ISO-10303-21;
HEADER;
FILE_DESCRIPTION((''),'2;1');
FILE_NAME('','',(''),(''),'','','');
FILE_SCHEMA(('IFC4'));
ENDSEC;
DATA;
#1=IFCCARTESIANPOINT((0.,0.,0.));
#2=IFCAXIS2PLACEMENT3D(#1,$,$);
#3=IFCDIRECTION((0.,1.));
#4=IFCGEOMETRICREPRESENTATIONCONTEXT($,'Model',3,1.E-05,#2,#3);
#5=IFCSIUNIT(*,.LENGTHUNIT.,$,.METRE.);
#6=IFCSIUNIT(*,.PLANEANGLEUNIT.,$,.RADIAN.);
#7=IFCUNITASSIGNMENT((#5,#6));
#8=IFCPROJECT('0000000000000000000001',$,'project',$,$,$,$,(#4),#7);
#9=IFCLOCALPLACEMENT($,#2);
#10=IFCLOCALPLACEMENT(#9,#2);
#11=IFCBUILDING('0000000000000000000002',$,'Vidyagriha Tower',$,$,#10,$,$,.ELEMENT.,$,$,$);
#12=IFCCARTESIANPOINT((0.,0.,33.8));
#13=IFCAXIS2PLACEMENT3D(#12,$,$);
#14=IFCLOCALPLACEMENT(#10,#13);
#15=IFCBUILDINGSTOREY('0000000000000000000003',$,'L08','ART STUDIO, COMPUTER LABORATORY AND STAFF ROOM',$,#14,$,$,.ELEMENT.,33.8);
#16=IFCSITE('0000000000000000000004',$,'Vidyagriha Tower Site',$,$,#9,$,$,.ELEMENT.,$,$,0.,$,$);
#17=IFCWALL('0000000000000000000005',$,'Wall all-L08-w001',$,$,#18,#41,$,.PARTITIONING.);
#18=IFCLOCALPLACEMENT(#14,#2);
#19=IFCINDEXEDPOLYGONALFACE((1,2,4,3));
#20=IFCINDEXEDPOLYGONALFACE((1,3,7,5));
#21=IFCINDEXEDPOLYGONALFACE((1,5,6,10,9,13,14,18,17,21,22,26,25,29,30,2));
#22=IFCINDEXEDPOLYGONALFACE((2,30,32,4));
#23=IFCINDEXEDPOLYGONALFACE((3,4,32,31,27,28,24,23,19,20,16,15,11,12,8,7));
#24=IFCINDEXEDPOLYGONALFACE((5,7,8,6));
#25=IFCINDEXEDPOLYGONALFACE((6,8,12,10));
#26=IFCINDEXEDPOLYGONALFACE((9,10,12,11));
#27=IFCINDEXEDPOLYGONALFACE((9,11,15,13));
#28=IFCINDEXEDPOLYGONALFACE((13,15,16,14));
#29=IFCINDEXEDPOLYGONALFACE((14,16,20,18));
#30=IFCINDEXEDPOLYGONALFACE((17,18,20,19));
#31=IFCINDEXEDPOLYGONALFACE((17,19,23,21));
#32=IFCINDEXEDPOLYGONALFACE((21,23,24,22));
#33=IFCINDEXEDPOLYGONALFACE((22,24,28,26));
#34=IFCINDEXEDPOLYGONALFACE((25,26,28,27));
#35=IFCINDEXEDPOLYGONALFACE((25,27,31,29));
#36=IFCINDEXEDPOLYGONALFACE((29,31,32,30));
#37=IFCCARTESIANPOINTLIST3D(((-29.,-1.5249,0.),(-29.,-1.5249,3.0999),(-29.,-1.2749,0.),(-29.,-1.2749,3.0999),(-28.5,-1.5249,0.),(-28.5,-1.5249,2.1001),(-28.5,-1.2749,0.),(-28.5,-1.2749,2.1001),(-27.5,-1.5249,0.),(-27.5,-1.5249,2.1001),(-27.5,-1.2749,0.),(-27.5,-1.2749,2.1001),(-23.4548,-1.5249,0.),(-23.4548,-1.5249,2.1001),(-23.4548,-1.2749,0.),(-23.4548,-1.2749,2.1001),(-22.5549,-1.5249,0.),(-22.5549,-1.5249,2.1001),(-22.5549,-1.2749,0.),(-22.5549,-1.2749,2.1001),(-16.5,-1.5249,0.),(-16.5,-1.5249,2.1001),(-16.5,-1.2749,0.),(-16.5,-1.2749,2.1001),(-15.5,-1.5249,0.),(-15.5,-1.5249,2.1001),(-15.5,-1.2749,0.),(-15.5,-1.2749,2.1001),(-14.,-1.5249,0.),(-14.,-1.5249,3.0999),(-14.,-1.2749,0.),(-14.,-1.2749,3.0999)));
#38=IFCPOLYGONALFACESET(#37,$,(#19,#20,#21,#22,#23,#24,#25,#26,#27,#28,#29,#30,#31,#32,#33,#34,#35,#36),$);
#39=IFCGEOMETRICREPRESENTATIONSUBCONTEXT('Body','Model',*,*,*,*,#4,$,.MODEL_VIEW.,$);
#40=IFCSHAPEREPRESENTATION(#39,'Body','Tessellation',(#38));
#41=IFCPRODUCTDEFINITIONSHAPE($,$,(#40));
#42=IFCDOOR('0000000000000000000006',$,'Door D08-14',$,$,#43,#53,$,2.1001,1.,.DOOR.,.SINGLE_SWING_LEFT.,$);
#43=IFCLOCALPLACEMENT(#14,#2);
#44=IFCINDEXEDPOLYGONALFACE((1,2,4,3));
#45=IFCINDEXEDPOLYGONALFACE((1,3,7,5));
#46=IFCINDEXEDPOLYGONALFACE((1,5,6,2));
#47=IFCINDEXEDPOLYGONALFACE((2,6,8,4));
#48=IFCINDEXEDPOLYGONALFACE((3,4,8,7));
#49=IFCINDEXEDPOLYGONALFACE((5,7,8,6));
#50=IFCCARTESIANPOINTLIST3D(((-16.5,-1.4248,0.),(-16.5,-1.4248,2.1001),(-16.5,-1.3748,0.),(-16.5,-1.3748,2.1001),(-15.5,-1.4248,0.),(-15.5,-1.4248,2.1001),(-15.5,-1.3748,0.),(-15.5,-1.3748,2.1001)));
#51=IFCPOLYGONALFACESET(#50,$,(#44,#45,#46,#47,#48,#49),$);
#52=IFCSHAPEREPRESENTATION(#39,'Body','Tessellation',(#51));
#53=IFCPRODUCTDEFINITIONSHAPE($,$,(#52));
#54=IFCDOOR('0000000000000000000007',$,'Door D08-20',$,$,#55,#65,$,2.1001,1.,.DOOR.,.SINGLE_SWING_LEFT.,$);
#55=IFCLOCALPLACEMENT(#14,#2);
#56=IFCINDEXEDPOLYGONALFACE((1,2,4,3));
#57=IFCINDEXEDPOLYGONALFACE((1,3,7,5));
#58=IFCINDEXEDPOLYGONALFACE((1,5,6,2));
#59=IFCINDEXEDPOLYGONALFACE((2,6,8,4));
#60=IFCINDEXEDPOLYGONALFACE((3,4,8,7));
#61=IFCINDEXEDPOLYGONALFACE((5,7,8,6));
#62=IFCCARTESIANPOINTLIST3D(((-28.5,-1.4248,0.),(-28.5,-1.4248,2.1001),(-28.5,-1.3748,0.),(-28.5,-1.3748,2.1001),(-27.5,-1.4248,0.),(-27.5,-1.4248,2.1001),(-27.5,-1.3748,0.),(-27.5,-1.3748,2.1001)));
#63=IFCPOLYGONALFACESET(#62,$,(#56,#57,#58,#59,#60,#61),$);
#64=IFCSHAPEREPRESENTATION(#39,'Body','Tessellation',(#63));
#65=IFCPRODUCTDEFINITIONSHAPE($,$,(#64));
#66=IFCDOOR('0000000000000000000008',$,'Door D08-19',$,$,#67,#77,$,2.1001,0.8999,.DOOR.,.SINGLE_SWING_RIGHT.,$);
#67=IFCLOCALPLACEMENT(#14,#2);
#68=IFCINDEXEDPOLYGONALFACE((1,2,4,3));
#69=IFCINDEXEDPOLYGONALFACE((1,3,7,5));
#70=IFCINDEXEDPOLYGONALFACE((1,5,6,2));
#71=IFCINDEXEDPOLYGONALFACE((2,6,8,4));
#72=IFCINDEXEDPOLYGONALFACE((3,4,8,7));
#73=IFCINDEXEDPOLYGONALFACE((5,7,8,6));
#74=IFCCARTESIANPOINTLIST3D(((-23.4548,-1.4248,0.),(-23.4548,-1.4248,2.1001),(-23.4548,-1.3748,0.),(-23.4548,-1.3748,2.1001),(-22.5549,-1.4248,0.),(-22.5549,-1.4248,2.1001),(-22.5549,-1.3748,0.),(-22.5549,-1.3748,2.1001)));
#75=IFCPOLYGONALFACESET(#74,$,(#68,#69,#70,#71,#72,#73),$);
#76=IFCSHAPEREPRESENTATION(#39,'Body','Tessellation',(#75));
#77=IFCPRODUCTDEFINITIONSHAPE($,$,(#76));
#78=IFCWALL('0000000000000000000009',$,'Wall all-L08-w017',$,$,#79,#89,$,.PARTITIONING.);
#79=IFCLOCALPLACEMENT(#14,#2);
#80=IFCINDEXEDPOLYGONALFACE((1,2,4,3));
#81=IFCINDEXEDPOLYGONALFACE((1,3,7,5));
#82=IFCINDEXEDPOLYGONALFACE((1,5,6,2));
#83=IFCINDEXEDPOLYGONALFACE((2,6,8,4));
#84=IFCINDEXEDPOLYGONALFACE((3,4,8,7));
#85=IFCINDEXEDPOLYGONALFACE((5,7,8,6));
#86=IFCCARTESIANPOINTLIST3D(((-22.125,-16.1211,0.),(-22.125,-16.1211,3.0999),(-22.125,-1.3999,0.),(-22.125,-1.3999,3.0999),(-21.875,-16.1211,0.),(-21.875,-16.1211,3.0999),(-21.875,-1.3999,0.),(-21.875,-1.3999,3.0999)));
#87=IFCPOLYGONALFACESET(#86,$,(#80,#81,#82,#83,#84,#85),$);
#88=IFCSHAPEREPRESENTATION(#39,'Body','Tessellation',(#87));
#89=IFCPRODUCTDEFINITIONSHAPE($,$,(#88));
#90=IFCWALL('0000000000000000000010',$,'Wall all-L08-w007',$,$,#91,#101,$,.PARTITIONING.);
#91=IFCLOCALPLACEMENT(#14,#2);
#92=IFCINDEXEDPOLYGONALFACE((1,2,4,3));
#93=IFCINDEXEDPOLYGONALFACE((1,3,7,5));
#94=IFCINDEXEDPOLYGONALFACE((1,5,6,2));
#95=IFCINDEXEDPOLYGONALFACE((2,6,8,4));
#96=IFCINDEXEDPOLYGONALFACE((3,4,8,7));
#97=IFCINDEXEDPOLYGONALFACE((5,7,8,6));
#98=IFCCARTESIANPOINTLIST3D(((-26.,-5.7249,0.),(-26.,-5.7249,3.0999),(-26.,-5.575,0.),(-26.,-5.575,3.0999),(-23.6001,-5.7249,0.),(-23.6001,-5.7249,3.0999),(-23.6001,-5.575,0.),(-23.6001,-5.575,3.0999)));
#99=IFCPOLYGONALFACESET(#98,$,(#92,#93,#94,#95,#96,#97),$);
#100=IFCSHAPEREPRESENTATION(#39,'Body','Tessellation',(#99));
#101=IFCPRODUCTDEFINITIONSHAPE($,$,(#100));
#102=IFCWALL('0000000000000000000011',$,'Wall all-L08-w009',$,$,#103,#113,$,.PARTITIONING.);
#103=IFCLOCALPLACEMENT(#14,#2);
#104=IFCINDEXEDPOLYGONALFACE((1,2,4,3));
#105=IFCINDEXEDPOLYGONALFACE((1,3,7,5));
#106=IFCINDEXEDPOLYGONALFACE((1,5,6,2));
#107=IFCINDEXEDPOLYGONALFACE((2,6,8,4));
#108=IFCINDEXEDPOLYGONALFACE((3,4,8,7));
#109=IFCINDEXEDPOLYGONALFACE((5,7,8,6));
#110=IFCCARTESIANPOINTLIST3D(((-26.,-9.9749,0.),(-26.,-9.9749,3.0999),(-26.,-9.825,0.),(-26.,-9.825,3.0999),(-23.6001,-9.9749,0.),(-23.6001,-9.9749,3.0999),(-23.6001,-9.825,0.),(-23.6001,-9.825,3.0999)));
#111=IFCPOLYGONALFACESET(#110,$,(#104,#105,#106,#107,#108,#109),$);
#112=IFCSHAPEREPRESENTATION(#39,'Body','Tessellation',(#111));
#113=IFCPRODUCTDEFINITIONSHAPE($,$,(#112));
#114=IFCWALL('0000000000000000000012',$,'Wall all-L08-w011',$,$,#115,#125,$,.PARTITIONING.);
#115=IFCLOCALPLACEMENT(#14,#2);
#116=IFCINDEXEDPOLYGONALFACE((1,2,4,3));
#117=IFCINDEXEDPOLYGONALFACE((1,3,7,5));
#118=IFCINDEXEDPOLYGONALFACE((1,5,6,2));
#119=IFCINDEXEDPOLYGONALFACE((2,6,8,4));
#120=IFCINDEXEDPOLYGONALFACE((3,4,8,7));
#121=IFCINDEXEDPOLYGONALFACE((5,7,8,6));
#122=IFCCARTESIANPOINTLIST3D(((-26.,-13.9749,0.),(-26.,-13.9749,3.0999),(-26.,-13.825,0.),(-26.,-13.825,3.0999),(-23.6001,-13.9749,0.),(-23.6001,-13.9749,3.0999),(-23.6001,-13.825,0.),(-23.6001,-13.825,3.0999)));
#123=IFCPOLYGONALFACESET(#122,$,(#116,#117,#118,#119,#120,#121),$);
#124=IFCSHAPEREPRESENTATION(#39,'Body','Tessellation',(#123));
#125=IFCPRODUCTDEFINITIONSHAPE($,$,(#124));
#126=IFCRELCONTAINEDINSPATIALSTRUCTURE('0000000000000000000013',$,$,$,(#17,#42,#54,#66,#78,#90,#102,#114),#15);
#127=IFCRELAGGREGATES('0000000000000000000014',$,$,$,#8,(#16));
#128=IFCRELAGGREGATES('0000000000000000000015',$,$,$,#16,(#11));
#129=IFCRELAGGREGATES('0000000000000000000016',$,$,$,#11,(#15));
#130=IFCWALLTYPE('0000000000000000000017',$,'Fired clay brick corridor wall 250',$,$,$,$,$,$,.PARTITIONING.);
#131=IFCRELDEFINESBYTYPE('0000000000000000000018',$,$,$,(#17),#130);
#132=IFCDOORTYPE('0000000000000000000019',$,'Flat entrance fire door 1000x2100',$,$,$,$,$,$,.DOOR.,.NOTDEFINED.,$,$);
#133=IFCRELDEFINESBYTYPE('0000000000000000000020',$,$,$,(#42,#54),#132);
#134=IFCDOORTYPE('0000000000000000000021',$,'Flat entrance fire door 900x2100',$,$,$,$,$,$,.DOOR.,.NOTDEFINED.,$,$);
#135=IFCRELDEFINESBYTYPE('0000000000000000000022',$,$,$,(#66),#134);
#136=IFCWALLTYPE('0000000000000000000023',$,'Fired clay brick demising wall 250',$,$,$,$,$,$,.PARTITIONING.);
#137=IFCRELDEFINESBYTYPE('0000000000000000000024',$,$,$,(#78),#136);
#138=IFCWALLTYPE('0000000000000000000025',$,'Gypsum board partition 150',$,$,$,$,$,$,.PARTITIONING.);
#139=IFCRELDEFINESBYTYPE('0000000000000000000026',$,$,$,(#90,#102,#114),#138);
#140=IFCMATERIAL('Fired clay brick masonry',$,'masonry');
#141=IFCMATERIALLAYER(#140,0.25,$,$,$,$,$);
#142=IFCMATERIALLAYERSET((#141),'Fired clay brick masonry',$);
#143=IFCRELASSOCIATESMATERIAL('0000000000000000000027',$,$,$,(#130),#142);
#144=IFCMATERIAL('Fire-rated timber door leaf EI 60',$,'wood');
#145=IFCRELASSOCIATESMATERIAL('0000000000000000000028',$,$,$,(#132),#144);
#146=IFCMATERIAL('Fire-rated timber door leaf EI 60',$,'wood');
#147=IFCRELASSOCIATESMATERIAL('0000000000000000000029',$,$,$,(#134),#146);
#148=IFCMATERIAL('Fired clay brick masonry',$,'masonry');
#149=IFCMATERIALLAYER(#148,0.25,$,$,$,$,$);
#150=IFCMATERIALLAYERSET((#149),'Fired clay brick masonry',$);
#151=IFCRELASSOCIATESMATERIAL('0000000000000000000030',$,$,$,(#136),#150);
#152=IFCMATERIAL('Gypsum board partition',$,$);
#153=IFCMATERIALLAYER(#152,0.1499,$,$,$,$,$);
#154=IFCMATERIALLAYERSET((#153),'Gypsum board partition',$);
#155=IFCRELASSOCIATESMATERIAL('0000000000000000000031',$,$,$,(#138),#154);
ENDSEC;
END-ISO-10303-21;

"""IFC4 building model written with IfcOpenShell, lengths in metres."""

from ifc_helpers import new_model, si_unit, direction, frame, frame_2d, origin, place, context, subcontext, project, spatial, rectangle, extrude, material, layer, layer_set, type_object, element, fill, save


model = new_model("IFC4")

# Units and contexts
model_context = context("Model", 3, precision=1e-05, world=origin(), true_north=direction((0.0, 1.0)))
body_context = subcontext(model_context, "Body", "Model", "MODEL_VIEW")
ifc_project = project(units=[si_unit("LENGTHUNIT", "METRE"), si_unit("PLANEANGLEUNIT", "RADIAN")], contexts=[model_context])

# Site, building, storey
site_placement = place(None, origin())
site = spatial("IfcSite", under=ifc_project, at=site_placement, Name="Vidyagriha Tower Site", CompositionType="ELEMENT", RefElevation=0.0)
building_placement = place(site_placement, origin())
building = spatial("IfcBuilding", under=site, at=building_placement, Name="Vidyagriha Tower", CompositionType="ELEMENT")
storey_placement = place(building_placement, frame((0.0, 0.0, 33.8)))
storey = spatial("IfcBuildingStorey", under=building, at=storey_placement, Name="L08", Description="ART STUDIO, COMPUTER LABORATORY AND STAFF ROOM", CompositionType="ELEMENT", Elevation=33.8)

# Wall, openings, doors
ifc_material_1 = material(Name="Fired clay brick masonry", Category="masonry")
ifc_layer_1 = layer(ifc_material_1, 0.25)
ifc_layer_set_1 = layer_set([ifc_layer_1], Name="Fired clay brick masonry")
wall_type_1 = type_object("IfcWallType", Name="Fired clay brick corridor wall 250", PredefinedType="PARTITIONING", material=ifc_layer_set_1)
wall_1_placement = place(storey_placement, frame((-14.0, -1.3999, 0.0), z_axis=(0.0, 0.0, 1.0), x_axis=(-1.0, 0.0, 0.0)))
wall_1 = element("IfcWall", 1, at=wall_1_placement, inside=storey, type_object=wall_type_1, Name="Wall all-L08-w001", PredefinedType="PARTITIONING", context=body_context, shape_type="SweptSolid", body=[
    extrude(rectangle(XDim=15.0, YDim=0.25, at=frame_2d((7.5, 0.0))), origin(), (0.0, 0.0, 1.0), 3.0999),
])
opening_1_placement = place(wall_1_placement, frame((1.5, 0.0, 0.0)))
opening_1 = element("IfcOpeningElement", 2, at=opening_1_placement, cuts=wall_1, PredefinedType="OPENING", context=body_context, shape_type="SweptSolid", body=[
    extrude(rectangle(XDim=1.0, YDim=2.1001, at=frame_2d((0.5, 1.05))), frame((0.0, 0.135, 0.0), z_axis=(0.0, -1.0, 0.0), x_axis=(1.0, 0.0, 0.0)), (0.0, 0.0, 1.0), 0.27),
])
opening_2_placement = place(wall_1_placement, frame((8.5549, 0.0, 0.0)))
opening_2 = element("IfcOpeningElement", 3, at=opening_2_placement, cuts=wall_1, PredefinedType="OPENING", context=body_context, shape_type="SweptSolid", body=[
    extrude(rectangle(XDim=0.8999, YDim=2.1001, at=frame_2d((0.45, 1.05))), frame((0.0, 0.135, 0.0), z_axis=(0.0, -1.0, 0.0), x_axis=(1.0, 0.0, 0.0)), (0.0, 0.0, 1.0), 0.27),
])
opening_3_placement = place(wall_1_placement, frame((13.5, 0.0, 0.0)))
opening_3 = element("IfcOpeningElement", 4, at=opening_3_placement, cuts=wall_1, PredefinedType="OPENING", context=body_context, shape_type="SweptSolid", body=[
    extrude(rectangle(XDim=1.0, YDim=2.1001, at=frame_2d((0.5, 1.05))), frame((0.0, 0.135, 0.0), z_axis=(0.0, -1.0, 0.0), x_axis=(1.0, 0.0, 0.0)), (0.0, 0.0, 1.0), 0.27),
])
ifc_material_2 = material(Name="Fire-rated timber door leaf EI 60", Category="wood")
door_type_1 = type_object("IfcDoorType", Name="Flat entrance fire door 1000x2100", OperationType="NOTDEFINED", PredefinedType="DOOR", material=ifc_material_2)
door_1_placement = place(opening_1_placement, origin())
door_1 = element("IfcDoor", 5, at=door_1_placement, inside=storey, type_object=door_type_1, Name="Door D08-14", OperationType="SINGLE_SWING_LEFT", OverallHeight=2.1001, OverallWidth=1.0, PredefinedType="DOOR", context=body_context, shape_type="SweptSolid", body=[
    extrude(rectangle(XDim=1.0, YDim=2.1001, at=frame_2d((0.5, 1.05))), frame((0.0, 0.0249, 0.0), z_axis=(0.0, -1.0, 0.0), x_axis=(1.0, 0.0, 0.0)), (0.0, 0.0, 1.0), 0.05),
])
fill(opening_1, door_1)
door_2_placement = place(opening_3_placement, origin())
door_2 = element("IfcDoor", 6, at=door_2_placement, inside=storey, type_object=door_type_1, Name="Door D08-20", OperationType="SINGLE_SWING_LEFT", OverallHeight=2.1001, OverallWidth=1.0, PredefinedType="DOOR", context=body_context, shape_type="SweptSolid", body=[
    extrude(rectangle(XDim=1.0, YDim=2.1001, at=frame_2d((0.5, 1.05))), frame((0.0, 0.0249, 0.0), z_axis=(0.0, -1.0, 0.0), x_axis=(1.0, 0.0, 0.0)), (0.0, 0.0, 1.0), 0.05),
])
fill(opening_3, door_2)
ifc_material_3 = material(Name="Fire-rated timber door leaf EI 60", Category="wood")
door_type_2 = type_object("IfcDoorType", Name="Flat entrance fire door 900x2100", OperationType="NOTDEFINED", PredefinedType="DOOR", material=ifc_material_3)
door_3_placement = place(opening_2_placement, origin())
door_3 = element("IfcDoor", 7, at=door_3_placement, inside=storey, type_object=door_type_2, Name="Door D08-19", OperationType="SINGLE_SWING_RIGHT", OverallHeight=2.1001, OverallWidth=0.8999, PredefinedType="DOOR", context=body_context, shape_type="SweptSolid", body=[
    extrude(rectangle(XDim=0.8999, YDim=2.1001, at=frame_2d((0.45, 1.05))), frame((0.0, 0.0249, 0.0), z_axis=(0.0, -1.0, 0.0), x_axis=(1.0, 0.0, 0.0)), (0.0, 0.0, 1.0), 0.05),
])
fill(opening_2, door_3)

# Walls
ifc_material_4 = material(Name="Fired clay brick masonry", Category="masonry")
ifc_layer_2 = layer(ifc_material_4, 0.25)
ifc_layer_set_2 = layer_set([ifc_layer_2], Name="Fired clay brick masonry")
wall_type_2 = type_object("IfcWallType", Name="Fired clay brick demising wall 250", PredefinedType="PARTITIONING", material=ifc_layer_set_2)
wall_2_placement = place(storey_placement, frame((-22.0, -1.3999, 0.0), z_axis=(0.0, 0.0, 1.0), x_axis=(0.0, -1.0, 0.0)))
element("IfcWall", 8, at=wall_2_placement, inside=storey, type_object=wall_type_2, Name="Wall all-L08-w017", PredefinedType="PARTITIONING", context=body_context, shape_type="SweptSolid", body=[
    extrude(rectangle(XDim=14.7212, YDim=0.25, at=frame_2d((7.3606, 0.0))), origin(), (0.0, 0.0, 1.0), 3.0999),
])
ifc_material_5 = material(Name="Gypsum board partition")
ifc_layer_3 = layer(ifc_material_5, 0.1499)
ifc_layer_set_3 = layer_set([ifc_layer_3], Name="Gypsum board partition")
wall_type_3 = type_object("IfcWallType", Name="Gypsum board partition 150", PredefinedType="PARTITIONING", material=ifc_layer_set_3)
for number, where, z_axis, x_axis, name in (
    (9, (-23.6001, -5.6499, 0.0), (0.0, 0.0, 1.0), (-1.0, 0.0, 0.0), "Wall all-L08-w007"),
    (10, (-23.6001, -9.8999, 0.0), (0.0, 0.0, 1.0), (-1.0, 0.0, 0.0), "Wall all-L08-w009"),
    (11, (-23.6001, -13.8999, 0.0), (0.0, 0.0, 1.0), (-1.0, 0.0, 0.0), "Wall all-L08-w011"),
):
    element("IfcWall", number, at=place(storey_placement, frame(where, z_axis=z_axis, x_axis=x_axis)), inside=storey, type_object=wall_type_3, Name=name, PredefinedType="PARTITIONING", context=body_context, shape_type="SweptSolid", body=[
        extrude(rectangle(XDim=2.3999, YDim=0.1499, at=frame_2d((1.2, 0.0))), origin(), (0.0, 0.0, 1.0), 3.0999),
    ])

save(model, "model.ifc")
